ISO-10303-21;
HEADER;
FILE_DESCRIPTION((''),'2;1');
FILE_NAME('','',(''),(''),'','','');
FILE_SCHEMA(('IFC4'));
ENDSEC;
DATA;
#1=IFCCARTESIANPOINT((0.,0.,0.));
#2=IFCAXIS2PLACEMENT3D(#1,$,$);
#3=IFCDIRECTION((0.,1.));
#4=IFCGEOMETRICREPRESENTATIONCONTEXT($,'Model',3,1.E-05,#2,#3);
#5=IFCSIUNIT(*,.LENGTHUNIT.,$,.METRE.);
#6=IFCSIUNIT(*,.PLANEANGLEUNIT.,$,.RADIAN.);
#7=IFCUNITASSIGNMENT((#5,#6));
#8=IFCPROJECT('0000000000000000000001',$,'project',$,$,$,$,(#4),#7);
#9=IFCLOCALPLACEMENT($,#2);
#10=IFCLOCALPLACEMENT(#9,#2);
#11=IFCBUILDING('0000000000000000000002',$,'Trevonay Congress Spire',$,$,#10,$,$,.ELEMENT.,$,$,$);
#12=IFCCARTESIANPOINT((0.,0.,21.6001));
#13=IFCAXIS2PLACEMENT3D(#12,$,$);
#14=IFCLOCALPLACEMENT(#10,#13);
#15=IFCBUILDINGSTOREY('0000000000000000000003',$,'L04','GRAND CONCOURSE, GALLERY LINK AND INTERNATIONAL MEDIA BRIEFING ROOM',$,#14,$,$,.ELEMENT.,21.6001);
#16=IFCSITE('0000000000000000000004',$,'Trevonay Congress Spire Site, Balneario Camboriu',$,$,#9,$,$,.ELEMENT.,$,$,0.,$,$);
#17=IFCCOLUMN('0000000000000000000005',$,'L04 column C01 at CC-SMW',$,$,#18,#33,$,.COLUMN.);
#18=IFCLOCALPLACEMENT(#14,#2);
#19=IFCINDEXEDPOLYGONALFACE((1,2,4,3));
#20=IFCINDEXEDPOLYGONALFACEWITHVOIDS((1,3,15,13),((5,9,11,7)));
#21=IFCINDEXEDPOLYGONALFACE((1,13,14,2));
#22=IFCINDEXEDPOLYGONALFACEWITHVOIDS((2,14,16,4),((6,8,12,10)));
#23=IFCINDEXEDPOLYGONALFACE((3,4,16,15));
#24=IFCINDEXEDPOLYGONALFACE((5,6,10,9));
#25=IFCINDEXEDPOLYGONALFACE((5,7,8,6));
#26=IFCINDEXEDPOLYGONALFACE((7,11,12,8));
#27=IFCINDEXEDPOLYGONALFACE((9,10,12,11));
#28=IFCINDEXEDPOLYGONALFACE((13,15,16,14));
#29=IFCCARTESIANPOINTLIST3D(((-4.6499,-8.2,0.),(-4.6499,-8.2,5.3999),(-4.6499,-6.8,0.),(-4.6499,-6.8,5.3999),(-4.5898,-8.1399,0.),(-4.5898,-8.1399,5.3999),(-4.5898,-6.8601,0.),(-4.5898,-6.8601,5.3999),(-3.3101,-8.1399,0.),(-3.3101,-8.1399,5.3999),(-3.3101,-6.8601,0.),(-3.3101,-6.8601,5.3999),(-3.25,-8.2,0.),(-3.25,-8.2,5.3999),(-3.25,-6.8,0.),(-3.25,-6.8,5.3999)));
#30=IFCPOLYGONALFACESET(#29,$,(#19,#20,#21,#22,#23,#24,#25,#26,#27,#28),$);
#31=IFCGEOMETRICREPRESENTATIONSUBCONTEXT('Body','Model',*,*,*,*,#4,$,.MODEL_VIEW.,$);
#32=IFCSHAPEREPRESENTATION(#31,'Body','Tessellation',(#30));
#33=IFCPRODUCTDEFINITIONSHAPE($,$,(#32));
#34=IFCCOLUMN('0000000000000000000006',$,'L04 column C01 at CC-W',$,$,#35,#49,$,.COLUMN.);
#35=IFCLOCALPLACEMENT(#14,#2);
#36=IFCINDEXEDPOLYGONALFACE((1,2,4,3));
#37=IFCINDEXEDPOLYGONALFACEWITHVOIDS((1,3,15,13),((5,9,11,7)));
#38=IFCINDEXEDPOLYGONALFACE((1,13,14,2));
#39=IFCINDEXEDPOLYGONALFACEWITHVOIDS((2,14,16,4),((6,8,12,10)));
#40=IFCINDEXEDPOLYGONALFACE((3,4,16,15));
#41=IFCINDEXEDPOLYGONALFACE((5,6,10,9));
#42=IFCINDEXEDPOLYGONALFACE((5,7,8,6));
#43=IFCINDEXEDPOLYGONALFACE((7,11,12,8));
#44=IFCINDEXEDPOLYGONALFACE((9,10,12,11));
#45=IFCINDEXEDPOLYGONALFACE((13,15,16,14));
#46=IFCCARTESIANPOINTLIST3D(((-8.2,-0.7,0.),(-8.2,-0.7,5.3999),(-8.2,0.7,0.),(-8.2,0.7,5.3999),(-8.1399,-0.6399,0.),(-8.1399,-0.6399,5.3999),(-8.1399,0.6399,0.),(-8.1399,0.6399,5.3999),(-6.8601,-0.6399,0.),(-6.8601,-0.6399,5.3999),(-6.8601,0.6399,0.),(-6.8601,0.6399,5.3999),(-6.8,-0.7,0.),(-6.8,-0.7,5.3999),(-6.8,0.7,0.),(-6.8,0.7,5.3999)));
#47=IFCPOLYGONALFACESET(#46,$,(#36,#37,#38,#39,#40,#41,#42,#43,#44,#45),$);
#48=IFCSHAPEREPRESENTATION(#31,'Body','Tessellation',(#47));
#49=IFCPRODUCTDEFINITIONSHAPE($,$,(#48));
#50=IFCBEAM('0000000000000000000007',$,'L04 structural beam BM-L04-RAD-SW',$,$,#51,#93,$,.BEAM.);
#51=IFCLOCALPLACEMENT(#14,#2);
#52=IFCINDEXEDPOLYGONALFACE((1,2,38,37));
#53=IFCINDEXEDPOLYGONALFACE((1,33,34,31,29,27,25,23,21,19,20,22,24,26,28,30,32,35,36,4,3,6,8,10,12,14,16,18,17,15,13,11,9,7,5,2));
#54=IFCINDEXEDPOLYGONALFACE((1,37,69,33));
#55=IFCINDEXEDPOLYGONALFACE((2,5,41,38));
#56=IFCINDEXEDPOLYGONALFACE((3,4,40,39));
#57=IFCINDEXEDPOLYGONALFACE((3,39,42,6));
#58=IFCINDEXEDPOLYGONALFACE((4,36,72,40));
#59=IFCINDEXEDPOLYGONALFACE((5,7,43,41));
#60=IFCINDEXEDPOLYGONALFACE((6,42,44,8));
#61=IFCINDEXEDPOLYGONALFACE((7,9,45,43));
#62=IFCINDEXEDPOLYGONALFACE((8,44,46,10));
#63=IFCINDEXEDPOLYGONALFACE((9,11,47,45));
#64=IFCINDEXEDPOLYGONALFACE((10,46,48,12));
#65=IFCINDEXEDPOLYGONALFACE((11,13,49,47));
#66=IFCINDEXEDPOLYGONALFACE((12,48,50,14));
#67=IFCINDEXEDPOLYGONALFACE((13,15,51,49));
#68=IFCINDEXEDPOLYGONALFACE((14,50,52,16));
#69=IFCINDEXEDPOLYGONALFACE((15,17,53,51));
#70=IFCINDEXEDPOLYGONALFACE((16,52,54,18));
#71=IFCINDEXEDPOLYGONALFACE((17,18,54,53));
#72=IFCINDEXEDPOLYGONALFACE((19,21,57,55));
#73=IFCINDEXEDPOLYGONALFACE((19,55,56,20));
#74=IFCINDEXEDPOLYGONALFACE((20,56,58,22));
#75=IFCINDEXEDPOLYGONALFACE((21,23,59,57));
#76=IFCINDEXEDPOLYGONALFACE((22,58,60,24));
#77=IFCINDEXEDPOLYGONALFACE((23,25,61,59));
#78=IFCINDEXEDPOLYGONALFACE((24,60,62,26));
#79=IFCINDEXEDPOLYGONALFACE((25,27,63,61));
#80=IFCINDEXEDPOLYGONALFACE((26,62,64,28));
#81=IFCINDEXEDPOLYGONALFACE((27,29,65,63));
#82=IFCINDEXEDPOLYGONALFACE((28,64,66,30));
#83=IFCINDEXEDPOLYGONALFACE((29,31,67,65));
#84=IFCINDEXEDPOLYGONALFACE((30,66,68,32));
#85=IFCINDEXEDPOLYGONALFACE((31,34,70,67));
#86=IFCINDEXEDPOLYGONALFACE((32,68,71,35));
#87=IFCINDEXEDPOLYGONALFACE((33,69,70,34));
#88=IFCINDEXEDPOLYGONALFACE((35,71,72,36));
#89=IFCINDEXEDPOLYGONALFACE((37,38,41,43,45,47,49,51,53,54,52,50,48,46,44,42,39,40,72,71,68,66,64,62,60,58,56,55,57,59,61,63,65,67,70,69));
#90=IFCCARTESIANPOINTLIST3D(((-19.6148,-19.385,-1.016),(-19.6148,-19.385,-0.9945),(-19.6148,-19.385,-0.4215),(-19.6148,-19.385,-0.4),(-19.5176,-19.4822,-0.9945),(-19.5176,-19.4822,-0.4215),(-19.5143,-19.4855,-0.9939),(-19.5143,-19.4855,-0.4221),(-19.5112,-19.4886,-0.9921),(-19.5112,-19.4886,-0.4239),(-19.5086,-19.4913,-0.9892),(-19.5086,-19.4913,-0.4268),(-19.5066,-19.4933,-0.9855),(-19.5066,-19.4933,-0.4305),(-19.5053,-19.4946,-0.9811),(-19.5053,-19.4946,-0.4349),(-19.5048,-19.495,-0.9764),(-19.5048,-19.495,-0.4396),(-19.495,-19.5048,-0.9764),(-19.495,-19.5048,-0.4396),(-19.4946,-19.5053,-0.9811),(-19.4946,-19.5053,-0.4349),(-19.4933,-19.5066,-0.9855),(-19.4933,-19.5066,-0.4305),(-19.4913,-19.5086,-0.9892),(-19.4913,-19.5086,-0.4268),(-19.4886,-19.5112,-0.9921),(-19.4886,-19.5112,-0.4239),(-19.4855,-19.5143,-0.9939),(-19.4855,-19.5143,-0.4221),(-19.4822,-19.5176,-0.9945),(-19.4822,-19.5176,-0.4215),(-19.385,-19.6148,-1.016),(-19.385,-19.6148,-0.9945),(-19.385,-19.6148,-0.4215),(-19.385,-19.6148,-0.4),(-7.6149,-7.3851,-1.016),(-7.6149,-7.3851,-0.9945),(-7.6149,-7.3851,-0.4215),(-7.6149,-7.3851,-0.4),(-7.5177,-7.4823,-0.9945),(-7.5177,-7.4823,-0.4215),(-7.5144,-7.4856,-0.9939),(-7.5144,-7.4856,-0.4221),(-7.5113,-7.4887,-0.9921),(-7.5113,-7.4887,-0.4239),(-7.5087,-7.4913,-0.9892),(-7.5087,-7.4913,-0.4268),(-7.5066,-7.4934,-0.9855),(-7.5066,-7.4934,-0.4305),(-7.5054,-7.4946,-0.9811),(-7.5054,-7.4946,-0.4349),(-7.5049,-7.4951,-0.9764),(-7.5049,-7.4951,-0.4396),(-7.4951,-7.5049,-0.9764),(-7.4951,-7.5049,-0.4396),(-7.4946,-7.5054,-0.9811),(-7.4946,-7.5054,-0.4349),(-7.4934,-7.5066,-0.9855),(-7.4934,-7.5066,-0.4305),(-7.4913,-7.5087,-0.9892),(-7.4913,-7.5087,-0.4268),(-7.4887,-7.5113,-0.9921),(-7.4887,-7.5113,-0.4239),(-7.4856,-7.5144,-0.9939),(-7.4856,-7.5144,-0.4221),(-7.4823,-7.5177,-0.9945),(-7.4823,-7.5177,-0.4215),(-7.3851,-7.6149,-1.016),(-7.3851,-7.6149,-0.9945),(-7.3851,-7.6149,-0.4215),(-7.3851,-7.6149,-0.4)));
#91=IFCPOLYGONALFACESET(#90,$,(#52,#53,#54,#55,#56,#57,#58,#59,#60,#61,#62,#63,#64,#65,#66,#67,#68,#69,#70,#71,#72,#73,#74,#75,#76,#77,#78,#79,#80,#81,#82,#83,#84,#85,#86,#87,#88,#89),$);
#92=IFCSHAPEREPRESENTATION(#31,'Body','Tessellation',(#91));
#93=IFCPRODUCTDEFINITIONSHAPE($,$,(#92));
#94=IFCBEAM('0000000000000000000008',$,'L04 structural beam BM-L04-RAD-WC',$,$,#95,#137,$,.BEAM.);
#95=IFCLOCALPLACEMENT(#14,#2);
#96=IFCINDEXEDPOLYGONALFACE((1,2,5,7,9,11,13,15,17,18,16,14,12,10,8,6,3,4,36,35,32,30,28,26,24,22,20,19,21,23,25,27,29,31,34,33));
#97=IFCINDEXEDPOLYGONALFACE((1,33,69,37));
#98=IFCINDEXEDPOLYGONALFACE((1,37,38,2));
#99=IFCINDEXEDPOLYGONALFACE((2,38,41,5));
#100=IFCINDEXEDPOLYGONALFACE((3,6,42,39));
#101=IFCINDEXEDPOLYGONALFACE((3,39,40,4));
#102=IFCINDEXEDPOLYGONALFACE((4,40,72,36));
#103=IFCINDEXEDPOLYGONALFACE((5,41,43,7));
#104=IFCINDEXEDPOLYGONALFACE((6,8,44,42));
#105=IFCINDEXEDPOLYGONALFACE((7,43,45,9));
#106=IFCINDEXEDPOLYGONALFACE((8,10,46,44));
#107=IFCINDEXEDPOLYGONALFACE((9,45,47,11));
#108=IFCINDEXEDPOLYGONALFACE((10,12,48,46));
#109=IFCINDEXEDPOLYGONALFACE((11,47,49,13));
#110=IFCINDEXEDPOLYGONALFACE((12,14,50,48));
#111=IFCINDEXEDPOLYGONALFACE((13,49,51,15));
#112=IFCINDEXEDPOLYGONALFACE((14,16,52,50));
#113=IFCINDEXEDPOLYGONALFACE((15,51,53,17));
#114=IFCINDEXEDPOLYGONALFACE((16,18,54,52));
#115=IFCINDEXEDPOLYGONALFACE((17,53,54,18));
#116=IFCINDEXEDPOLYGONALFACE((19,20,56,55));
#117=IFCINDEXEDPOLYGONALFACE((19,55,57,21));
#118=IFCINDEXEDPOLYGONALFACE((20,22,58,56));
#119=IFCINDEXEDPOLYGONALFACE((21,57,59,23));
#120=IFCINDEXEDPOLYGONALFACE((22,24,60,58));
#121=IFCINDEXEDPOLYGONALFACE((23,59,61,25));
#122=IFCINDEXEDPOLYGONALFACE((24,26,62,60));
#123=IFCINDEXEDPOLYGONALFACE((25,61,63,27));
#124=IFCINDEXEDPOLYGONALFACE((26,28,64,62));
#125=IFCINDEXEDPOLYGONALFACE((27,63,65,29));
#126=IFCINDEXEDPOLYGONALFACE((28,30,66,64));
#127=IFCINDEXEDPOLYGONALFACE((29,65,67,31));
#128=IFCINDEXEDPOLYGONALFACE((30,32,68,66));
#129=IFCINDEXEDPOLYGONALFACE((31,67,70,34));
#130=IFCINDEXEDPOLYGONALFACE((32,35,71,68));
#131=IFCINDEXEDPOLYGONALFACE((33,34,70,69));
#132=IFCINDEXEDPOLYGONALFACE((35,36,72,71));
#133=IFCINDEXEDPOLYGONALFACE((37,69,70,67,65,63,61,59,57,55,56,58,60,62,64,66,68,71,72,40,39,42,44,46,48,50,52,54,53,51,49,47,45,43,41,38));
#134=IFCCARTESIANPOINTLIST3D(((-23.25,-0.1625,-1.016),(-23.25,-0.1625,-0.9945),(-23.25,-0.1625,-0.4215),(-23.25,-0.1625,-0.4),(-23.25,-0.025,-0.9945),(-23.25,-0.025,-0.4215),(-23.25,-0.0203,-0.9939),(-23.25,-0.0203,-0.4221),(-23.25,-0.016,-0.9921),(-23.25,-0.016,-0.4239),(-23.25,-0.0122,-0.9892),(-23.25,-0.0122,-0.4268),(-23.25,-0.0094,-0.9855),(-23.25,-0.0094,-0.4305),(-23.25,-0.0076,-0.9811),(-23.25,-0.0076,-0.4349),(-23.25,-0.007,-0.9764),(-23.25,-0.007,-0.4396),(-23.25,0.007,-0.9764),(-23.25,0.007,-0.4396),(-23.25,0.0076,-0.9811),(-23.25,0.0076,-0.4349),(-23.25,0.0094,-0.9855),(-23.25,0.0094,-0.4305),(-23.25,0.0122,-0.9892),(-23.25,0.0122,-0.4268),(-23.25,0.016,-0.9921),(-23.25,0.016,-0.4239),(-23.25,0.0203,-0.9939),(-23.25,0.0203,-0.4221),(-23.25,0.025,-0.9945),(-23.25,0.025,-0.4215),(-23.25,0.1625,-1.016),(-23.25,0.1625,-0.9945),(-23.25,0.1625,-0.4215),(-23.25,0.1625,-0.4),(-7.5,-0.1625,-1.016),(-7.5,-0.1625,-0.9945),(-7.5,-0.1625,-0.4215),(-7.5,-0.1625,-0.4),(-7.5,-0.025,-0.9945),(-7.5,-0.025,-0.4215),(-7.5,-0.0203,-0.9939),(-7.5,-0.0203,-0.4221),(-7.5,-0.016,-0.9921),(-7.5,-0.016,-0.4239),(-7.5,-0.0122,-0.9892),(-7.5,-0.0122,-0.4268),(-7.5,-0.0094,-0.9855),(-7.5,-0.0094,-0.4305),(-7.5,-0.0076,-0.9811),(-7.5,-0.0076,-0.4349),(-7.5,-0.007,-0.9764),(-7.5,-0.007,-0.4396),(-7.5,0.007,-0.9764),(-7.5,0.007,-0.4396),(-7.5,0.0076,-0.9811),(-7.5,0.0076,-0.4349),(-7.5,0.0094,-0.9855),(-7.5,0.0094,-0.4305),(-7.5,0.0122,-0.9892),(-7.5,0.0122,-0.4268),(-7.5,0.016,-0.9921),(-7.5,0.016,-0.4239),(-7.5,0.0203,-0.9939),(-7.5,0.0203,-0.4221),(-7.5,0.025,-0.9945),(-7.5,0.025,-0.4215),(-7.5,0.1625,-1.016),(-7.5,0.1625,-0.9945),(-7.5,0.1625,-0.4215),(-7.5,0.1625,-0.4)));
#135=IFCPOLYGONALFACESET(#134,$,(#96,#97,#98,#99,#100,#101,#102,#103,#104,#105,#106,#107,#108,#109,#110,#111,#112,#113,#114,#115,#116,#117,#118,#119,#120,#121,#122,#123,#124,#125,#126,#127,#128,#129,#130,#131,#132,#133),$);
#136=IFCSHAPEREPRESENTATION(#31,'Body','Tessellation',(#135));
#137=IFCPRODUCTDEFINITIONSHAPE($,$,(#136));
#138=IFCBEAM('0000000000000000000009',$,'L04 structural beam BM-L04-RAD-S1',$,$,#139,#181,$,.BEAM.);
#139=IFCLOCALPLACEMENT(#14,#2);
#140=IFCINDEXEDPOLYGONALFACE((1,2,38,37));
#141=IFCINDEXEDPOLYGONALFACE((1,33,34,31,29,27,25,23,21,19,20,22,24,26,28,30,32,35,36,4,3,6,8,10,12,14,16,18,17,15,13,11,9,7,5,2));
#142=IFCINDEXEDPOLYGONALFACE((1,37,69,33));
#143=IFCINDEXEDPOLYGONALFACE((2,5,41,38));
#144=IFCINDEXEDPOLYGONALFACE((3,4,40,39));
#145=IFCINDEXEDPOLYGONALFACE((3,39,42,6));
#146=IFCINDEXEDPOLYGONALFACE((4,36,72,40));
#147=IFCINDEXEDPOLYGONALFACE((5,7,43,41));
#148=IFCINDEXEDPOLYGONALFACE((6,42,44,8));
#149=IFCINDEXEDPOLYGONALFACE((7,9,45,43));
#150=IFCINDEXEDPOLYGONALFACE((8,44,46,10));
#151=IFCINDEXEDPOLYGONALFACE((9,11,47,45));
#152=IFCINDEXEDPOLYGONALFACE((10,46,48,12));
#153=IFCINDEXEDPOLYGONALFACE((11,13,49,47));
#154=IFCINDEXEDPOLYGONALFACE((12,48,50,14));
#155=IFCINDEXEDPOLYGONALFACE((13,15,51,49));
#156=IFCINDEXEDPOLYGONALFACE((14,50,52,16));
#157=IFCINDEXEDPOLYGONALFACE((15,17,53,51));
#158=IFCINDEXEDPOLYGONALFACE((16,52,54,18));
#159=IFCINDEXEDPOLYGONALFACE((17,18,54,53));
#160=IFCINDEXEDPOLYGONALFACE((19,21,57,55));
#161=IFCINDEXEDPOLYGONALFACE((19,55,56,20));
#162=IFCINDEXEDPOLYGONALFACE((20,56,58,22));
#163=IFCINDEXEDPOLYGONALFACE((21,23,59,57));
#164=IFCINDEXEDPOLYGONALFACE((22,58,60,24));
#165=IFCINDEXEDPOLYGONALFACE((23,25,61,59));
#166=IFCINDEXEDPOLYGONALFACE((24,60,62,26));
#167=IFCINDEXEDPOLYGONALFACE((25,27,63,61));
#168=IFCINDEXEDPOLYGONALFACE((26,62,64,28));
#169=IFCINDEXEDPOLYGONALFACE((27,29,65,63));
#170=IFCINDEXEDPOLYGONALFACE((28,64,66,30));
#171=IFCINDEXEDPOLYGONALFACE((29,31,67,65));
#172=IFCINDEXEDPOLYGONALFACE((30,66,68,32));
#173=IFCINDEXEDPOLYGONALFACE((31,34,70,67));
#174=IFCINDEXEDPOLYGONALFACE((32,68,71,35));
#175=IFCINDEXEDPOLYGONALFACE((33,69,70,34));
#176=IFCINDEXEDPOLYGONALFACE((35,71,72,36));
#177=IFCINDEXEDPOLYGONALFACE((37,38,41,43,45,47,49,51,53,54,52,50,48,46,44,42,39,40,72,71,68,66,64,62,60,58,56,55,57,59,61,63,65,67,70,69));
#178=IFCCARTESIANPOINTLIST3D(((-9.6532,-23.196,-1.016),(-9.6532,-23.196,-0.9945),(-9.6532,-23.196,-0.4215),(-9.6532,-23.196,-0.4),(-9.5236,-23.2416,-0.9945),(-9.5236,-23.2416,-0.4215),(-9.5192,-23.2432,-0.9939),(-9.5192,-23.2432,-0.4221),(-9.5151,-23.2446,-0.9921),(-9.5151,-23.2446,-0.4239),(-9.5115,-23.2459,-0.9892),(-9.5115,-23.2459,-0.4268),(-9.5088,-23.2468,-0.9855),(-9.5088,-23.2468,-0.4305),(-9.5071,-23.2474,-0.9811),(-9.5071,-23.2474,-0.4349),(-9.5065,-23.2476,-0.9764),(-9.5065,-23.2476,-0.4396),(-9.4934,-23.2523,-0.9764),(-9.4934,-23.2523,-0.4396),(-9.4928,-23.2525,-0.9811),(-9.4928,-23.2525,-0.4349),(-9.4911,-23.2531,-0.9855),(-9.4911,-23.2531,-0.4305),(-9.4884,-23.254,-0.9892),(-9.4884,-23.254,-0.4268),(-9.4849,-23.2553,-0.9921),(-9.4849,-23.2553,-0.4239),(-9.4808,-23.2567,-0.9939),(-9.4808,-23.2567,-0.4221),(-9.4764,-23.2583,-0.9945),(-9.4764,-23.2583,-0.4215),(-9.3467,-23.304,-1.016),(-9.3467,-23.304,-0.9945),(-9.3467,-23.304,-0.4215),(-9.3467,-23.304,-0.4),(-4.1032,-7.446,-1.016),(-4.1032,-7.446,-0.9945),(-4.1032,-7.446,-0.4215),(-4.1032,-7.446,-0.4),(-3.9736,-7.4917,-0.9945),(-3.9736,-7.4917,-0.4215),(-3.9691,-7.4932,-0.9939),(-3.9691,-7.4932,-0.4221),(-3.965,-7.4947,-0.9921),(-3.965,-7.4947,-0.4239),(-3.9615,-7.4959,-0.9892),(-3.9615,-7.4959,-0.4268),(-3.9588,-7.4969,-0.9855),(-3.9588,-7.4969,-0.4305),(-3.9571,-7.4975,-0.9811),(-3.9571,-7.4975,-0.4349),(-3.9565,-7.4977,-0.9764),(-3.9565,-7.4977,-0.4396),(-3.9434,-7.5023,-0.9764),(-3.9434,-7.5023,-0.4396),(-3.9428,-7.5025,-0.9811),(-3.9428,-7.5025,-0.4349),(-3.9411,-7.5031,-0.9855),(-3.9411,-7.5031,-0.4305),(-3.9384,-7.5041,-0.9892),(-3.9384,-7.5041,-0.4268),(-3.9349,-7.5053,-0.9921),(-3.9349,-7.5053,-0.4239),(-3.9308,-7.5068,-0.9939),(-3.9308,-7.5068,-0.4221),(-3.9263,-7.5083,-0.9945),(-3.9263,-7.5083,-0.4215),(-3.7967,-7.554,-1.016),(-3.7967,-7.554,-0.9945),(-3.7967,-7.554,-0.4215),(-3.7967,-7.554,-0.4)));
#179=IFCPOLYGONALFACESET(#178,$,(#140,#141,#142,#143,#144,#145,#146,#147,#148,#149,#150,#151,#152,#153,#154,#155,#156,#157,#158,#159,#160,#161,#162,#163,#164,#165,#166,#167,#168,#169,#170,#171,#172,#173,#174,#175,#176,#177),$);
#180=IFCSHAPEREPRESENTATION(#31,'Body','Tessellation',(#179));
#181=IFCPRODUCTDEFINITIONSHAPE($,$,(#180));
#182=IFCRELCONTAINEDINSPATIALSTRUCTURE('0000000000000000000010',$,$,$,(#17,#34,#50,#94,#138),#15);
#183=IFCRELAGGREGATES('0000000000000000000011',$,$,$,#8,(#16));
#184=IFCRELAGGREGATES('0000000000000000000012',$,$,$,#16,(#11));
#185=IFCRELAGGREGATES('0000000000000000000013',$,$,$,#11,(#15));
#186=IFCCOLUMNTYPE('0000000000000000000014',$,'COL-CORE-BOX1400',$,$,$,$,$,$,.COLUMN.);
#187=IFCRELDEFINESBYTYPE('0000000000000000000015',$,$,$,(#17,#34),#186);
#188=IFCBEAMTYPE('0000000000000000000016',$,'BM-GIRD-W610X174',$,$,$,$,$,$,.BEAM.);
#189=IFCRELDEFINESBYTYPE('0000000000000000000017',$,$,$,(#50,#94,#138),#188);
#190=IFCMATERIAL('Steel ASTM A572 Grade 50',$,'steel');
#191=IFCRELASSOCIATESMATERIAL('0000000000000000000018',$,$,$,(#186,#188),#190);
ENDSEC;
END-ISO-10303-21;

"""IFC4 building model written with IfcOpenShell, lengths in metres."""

from ifc_helpers import new_model, si_unit, direction, frame, origin, origin_2d, place, context, subcontext, project, spatial, hollow_rectangle, i_section, extrude, material, material_profile, profile_set, type_object, element, save


model = new_model("IFC4")

# Units and contexts
model_context = context("Model", 3, precision=1e-05, world=origin(), true_north=direction((0.0, 1.0)))
body_context = subcontext(model_context, "Body", "Model", "MODEL_VIEW")
ifc_project = project(units=[si_unit("LENGTHUNIT", "METRE"), si_unit("PLANEANGLEUNIT", "RADIAN")], contexts=[model_context])

# Site, building, storey
site_placement = place(None, origin())
site = spatial("IfcSite", under=ifc_project, at=site_placement, Name="Trevonay Congress Spire Site, Balneario Camboriu", CompositionType="ELEMENT", RefElevation=0.0)
building_placement = place(site_placement, origin())
building = spatial("IfcBuilding", under=site, at=building_placement, Name="Trevonay Congress Spire", CompositionType="ELEMENT")
storey_placement = place(building_placement, frame((0.0, 0.0, 21.6001)))
storey = spatial("IfcBuildingStorey", under=building, at=storey_placement, Name="L04", Description="GRAND CONCOURSE, GALLERY LINK AND INTERNATIONAL MEDIA BRIEFING ROOM", CompositionType="ELEMENT", Elevation=21.6001)

# Columns
ifc_material_1 = material(Name="Steel ASTM A572 Grade 50", Category="steel")
ifc_material_profile_1 = material_profile(ifc_material_1, hollow_rectangle(XDim=1.3999, YDim=1.3999, WallThickness=0.0601, at=origin_2d()), Name="BOX 1400x1400x60")
ifc_profile_set_1 = profile_set([ifc_material_profile_1], Name="Steel ASTM A572 Grade 50")
column_type = type_object("IfcColumnType", Name="COL-CORE-BOX1400", PredefinedType="COLUMN", material=ifc_profile_set_1)
for number, where, z_axis, x_axis, name in (
    (1, (-3.95, -7.5, 0.0), (0.0, 0.0, 1.0), (1.0, 0.0, 0.0), "L04 column C01 at CC-SMW"),
    (2, (-7.5, 0.0, 0.0), (0.0, 0.0, 1.0), (1.0, 0.0, 0.0), "L04 column C01 at CC-W"),
):
    element("IfcColumn", number, at=place(storey_placement, frame(where, z_axis=z_axis, x_axis=x_axis)), inside=storey, type_object=column_type, Name=name, PredefinedType="COLUMN", context=body_context, shape_type="SweptSolid", body=[
        extrude(hollow_rectangle(XDim=1.3999, YDim=1.3999, WallThickness=0.0601, at=origin_2d()), origin(), (0.0, 0.0, 1.0), 5.3999),
    ])

# Beams
ifc_material_profile_2 = material_profile(ifc_material_1, i_section(OverallWidth=0.325, OverallDepth=0.616, WebThickness=0.0139, FlangeThickness=0.0215, FilletRadius=0.0181, at=origin_2d()), Name="W610x174")
ifc_profile_set_2 = profile_set([ifc_material_profile_2], Name="Steel ASTM A572 Grade 50")
beam_type_1 = type_object("IfcBeamType", Name="BM-GIRD-W610X174", PredefinedType="BEAM", material=ifc_profile_set_2)
beam_1_placement = place(storey_placement, frame((-7.5, -7.5, -0.708), z_axis=(-0.707107, -0.707107, 0.0), x_axis=(0.707107, -0.707107, 0.0)))
element("IfcBeam", 3, at=beam_1_placement, inside=storey, type_object=beam_type_1, Name="L04 structural beam BM-L04-RAD-SW", PredefinedType="BEAM", context=body_context, shape_type="SweptSolid", body=[
    extrude(i_section(OverallWidth=0.325, OverallDepth=0.616, WebThickness=0.0139, FlangeThickness=0.0215, FilletRadius=0.0181, at=origin_2d()), origin(), (0.0, 0.0, 1.0), 16.9705),
])
beam_2_placement = place(storey_placement, frame((-7.5, 0.0, -0.708), z_axis=(-1.0, 0.0, 0.0), x_axis=(0.0, -1.0, 0.0)))
element("IfcBeam", 4, at=beam_2_placement, inside=storey, type_object=beam_type_1, Name="L04 structural beam BM-L04-RAD-WC", PredefinedType="BEAM", context=body_context, shape_type="SweptSolid", body=[
    extrude(i_section(OverallWidth=0.325, OverallDepth=0.616, WebThickness=0.0139, FlangeThickness=0.0215, FilletRadius=0.0181, at=origin_2d()), origin(), (0.0, 0.0, 1.0), 15.75),
])
beam_3_placement = place(storey_placement, frame((-3.95, -7.5, -0.708), z_axis=(-0.332353, -0.943155, 0.0), x_axis=(0.943155, -0.332353, 0.0)))
element("IfcBeam", 5, at=beam_3_placement, inside=storey, type_object=beam_type_1, Name="L04 structural beam BM-L04-RAD-S1", PredefinedType="BEAM", context=body_context, shape_type="SweptSolid", body=[
    extrude(i_section(OverallWidth=0.325, OverallDepth=0.616, WebThickness=0.0139, FlangeThickness=0.0215, FilletRadius=0.0181, at=origin_2d()), origin(), (0.0, 0.0, 1.0), 16.6992),
])

save(model, "model.ifc")
